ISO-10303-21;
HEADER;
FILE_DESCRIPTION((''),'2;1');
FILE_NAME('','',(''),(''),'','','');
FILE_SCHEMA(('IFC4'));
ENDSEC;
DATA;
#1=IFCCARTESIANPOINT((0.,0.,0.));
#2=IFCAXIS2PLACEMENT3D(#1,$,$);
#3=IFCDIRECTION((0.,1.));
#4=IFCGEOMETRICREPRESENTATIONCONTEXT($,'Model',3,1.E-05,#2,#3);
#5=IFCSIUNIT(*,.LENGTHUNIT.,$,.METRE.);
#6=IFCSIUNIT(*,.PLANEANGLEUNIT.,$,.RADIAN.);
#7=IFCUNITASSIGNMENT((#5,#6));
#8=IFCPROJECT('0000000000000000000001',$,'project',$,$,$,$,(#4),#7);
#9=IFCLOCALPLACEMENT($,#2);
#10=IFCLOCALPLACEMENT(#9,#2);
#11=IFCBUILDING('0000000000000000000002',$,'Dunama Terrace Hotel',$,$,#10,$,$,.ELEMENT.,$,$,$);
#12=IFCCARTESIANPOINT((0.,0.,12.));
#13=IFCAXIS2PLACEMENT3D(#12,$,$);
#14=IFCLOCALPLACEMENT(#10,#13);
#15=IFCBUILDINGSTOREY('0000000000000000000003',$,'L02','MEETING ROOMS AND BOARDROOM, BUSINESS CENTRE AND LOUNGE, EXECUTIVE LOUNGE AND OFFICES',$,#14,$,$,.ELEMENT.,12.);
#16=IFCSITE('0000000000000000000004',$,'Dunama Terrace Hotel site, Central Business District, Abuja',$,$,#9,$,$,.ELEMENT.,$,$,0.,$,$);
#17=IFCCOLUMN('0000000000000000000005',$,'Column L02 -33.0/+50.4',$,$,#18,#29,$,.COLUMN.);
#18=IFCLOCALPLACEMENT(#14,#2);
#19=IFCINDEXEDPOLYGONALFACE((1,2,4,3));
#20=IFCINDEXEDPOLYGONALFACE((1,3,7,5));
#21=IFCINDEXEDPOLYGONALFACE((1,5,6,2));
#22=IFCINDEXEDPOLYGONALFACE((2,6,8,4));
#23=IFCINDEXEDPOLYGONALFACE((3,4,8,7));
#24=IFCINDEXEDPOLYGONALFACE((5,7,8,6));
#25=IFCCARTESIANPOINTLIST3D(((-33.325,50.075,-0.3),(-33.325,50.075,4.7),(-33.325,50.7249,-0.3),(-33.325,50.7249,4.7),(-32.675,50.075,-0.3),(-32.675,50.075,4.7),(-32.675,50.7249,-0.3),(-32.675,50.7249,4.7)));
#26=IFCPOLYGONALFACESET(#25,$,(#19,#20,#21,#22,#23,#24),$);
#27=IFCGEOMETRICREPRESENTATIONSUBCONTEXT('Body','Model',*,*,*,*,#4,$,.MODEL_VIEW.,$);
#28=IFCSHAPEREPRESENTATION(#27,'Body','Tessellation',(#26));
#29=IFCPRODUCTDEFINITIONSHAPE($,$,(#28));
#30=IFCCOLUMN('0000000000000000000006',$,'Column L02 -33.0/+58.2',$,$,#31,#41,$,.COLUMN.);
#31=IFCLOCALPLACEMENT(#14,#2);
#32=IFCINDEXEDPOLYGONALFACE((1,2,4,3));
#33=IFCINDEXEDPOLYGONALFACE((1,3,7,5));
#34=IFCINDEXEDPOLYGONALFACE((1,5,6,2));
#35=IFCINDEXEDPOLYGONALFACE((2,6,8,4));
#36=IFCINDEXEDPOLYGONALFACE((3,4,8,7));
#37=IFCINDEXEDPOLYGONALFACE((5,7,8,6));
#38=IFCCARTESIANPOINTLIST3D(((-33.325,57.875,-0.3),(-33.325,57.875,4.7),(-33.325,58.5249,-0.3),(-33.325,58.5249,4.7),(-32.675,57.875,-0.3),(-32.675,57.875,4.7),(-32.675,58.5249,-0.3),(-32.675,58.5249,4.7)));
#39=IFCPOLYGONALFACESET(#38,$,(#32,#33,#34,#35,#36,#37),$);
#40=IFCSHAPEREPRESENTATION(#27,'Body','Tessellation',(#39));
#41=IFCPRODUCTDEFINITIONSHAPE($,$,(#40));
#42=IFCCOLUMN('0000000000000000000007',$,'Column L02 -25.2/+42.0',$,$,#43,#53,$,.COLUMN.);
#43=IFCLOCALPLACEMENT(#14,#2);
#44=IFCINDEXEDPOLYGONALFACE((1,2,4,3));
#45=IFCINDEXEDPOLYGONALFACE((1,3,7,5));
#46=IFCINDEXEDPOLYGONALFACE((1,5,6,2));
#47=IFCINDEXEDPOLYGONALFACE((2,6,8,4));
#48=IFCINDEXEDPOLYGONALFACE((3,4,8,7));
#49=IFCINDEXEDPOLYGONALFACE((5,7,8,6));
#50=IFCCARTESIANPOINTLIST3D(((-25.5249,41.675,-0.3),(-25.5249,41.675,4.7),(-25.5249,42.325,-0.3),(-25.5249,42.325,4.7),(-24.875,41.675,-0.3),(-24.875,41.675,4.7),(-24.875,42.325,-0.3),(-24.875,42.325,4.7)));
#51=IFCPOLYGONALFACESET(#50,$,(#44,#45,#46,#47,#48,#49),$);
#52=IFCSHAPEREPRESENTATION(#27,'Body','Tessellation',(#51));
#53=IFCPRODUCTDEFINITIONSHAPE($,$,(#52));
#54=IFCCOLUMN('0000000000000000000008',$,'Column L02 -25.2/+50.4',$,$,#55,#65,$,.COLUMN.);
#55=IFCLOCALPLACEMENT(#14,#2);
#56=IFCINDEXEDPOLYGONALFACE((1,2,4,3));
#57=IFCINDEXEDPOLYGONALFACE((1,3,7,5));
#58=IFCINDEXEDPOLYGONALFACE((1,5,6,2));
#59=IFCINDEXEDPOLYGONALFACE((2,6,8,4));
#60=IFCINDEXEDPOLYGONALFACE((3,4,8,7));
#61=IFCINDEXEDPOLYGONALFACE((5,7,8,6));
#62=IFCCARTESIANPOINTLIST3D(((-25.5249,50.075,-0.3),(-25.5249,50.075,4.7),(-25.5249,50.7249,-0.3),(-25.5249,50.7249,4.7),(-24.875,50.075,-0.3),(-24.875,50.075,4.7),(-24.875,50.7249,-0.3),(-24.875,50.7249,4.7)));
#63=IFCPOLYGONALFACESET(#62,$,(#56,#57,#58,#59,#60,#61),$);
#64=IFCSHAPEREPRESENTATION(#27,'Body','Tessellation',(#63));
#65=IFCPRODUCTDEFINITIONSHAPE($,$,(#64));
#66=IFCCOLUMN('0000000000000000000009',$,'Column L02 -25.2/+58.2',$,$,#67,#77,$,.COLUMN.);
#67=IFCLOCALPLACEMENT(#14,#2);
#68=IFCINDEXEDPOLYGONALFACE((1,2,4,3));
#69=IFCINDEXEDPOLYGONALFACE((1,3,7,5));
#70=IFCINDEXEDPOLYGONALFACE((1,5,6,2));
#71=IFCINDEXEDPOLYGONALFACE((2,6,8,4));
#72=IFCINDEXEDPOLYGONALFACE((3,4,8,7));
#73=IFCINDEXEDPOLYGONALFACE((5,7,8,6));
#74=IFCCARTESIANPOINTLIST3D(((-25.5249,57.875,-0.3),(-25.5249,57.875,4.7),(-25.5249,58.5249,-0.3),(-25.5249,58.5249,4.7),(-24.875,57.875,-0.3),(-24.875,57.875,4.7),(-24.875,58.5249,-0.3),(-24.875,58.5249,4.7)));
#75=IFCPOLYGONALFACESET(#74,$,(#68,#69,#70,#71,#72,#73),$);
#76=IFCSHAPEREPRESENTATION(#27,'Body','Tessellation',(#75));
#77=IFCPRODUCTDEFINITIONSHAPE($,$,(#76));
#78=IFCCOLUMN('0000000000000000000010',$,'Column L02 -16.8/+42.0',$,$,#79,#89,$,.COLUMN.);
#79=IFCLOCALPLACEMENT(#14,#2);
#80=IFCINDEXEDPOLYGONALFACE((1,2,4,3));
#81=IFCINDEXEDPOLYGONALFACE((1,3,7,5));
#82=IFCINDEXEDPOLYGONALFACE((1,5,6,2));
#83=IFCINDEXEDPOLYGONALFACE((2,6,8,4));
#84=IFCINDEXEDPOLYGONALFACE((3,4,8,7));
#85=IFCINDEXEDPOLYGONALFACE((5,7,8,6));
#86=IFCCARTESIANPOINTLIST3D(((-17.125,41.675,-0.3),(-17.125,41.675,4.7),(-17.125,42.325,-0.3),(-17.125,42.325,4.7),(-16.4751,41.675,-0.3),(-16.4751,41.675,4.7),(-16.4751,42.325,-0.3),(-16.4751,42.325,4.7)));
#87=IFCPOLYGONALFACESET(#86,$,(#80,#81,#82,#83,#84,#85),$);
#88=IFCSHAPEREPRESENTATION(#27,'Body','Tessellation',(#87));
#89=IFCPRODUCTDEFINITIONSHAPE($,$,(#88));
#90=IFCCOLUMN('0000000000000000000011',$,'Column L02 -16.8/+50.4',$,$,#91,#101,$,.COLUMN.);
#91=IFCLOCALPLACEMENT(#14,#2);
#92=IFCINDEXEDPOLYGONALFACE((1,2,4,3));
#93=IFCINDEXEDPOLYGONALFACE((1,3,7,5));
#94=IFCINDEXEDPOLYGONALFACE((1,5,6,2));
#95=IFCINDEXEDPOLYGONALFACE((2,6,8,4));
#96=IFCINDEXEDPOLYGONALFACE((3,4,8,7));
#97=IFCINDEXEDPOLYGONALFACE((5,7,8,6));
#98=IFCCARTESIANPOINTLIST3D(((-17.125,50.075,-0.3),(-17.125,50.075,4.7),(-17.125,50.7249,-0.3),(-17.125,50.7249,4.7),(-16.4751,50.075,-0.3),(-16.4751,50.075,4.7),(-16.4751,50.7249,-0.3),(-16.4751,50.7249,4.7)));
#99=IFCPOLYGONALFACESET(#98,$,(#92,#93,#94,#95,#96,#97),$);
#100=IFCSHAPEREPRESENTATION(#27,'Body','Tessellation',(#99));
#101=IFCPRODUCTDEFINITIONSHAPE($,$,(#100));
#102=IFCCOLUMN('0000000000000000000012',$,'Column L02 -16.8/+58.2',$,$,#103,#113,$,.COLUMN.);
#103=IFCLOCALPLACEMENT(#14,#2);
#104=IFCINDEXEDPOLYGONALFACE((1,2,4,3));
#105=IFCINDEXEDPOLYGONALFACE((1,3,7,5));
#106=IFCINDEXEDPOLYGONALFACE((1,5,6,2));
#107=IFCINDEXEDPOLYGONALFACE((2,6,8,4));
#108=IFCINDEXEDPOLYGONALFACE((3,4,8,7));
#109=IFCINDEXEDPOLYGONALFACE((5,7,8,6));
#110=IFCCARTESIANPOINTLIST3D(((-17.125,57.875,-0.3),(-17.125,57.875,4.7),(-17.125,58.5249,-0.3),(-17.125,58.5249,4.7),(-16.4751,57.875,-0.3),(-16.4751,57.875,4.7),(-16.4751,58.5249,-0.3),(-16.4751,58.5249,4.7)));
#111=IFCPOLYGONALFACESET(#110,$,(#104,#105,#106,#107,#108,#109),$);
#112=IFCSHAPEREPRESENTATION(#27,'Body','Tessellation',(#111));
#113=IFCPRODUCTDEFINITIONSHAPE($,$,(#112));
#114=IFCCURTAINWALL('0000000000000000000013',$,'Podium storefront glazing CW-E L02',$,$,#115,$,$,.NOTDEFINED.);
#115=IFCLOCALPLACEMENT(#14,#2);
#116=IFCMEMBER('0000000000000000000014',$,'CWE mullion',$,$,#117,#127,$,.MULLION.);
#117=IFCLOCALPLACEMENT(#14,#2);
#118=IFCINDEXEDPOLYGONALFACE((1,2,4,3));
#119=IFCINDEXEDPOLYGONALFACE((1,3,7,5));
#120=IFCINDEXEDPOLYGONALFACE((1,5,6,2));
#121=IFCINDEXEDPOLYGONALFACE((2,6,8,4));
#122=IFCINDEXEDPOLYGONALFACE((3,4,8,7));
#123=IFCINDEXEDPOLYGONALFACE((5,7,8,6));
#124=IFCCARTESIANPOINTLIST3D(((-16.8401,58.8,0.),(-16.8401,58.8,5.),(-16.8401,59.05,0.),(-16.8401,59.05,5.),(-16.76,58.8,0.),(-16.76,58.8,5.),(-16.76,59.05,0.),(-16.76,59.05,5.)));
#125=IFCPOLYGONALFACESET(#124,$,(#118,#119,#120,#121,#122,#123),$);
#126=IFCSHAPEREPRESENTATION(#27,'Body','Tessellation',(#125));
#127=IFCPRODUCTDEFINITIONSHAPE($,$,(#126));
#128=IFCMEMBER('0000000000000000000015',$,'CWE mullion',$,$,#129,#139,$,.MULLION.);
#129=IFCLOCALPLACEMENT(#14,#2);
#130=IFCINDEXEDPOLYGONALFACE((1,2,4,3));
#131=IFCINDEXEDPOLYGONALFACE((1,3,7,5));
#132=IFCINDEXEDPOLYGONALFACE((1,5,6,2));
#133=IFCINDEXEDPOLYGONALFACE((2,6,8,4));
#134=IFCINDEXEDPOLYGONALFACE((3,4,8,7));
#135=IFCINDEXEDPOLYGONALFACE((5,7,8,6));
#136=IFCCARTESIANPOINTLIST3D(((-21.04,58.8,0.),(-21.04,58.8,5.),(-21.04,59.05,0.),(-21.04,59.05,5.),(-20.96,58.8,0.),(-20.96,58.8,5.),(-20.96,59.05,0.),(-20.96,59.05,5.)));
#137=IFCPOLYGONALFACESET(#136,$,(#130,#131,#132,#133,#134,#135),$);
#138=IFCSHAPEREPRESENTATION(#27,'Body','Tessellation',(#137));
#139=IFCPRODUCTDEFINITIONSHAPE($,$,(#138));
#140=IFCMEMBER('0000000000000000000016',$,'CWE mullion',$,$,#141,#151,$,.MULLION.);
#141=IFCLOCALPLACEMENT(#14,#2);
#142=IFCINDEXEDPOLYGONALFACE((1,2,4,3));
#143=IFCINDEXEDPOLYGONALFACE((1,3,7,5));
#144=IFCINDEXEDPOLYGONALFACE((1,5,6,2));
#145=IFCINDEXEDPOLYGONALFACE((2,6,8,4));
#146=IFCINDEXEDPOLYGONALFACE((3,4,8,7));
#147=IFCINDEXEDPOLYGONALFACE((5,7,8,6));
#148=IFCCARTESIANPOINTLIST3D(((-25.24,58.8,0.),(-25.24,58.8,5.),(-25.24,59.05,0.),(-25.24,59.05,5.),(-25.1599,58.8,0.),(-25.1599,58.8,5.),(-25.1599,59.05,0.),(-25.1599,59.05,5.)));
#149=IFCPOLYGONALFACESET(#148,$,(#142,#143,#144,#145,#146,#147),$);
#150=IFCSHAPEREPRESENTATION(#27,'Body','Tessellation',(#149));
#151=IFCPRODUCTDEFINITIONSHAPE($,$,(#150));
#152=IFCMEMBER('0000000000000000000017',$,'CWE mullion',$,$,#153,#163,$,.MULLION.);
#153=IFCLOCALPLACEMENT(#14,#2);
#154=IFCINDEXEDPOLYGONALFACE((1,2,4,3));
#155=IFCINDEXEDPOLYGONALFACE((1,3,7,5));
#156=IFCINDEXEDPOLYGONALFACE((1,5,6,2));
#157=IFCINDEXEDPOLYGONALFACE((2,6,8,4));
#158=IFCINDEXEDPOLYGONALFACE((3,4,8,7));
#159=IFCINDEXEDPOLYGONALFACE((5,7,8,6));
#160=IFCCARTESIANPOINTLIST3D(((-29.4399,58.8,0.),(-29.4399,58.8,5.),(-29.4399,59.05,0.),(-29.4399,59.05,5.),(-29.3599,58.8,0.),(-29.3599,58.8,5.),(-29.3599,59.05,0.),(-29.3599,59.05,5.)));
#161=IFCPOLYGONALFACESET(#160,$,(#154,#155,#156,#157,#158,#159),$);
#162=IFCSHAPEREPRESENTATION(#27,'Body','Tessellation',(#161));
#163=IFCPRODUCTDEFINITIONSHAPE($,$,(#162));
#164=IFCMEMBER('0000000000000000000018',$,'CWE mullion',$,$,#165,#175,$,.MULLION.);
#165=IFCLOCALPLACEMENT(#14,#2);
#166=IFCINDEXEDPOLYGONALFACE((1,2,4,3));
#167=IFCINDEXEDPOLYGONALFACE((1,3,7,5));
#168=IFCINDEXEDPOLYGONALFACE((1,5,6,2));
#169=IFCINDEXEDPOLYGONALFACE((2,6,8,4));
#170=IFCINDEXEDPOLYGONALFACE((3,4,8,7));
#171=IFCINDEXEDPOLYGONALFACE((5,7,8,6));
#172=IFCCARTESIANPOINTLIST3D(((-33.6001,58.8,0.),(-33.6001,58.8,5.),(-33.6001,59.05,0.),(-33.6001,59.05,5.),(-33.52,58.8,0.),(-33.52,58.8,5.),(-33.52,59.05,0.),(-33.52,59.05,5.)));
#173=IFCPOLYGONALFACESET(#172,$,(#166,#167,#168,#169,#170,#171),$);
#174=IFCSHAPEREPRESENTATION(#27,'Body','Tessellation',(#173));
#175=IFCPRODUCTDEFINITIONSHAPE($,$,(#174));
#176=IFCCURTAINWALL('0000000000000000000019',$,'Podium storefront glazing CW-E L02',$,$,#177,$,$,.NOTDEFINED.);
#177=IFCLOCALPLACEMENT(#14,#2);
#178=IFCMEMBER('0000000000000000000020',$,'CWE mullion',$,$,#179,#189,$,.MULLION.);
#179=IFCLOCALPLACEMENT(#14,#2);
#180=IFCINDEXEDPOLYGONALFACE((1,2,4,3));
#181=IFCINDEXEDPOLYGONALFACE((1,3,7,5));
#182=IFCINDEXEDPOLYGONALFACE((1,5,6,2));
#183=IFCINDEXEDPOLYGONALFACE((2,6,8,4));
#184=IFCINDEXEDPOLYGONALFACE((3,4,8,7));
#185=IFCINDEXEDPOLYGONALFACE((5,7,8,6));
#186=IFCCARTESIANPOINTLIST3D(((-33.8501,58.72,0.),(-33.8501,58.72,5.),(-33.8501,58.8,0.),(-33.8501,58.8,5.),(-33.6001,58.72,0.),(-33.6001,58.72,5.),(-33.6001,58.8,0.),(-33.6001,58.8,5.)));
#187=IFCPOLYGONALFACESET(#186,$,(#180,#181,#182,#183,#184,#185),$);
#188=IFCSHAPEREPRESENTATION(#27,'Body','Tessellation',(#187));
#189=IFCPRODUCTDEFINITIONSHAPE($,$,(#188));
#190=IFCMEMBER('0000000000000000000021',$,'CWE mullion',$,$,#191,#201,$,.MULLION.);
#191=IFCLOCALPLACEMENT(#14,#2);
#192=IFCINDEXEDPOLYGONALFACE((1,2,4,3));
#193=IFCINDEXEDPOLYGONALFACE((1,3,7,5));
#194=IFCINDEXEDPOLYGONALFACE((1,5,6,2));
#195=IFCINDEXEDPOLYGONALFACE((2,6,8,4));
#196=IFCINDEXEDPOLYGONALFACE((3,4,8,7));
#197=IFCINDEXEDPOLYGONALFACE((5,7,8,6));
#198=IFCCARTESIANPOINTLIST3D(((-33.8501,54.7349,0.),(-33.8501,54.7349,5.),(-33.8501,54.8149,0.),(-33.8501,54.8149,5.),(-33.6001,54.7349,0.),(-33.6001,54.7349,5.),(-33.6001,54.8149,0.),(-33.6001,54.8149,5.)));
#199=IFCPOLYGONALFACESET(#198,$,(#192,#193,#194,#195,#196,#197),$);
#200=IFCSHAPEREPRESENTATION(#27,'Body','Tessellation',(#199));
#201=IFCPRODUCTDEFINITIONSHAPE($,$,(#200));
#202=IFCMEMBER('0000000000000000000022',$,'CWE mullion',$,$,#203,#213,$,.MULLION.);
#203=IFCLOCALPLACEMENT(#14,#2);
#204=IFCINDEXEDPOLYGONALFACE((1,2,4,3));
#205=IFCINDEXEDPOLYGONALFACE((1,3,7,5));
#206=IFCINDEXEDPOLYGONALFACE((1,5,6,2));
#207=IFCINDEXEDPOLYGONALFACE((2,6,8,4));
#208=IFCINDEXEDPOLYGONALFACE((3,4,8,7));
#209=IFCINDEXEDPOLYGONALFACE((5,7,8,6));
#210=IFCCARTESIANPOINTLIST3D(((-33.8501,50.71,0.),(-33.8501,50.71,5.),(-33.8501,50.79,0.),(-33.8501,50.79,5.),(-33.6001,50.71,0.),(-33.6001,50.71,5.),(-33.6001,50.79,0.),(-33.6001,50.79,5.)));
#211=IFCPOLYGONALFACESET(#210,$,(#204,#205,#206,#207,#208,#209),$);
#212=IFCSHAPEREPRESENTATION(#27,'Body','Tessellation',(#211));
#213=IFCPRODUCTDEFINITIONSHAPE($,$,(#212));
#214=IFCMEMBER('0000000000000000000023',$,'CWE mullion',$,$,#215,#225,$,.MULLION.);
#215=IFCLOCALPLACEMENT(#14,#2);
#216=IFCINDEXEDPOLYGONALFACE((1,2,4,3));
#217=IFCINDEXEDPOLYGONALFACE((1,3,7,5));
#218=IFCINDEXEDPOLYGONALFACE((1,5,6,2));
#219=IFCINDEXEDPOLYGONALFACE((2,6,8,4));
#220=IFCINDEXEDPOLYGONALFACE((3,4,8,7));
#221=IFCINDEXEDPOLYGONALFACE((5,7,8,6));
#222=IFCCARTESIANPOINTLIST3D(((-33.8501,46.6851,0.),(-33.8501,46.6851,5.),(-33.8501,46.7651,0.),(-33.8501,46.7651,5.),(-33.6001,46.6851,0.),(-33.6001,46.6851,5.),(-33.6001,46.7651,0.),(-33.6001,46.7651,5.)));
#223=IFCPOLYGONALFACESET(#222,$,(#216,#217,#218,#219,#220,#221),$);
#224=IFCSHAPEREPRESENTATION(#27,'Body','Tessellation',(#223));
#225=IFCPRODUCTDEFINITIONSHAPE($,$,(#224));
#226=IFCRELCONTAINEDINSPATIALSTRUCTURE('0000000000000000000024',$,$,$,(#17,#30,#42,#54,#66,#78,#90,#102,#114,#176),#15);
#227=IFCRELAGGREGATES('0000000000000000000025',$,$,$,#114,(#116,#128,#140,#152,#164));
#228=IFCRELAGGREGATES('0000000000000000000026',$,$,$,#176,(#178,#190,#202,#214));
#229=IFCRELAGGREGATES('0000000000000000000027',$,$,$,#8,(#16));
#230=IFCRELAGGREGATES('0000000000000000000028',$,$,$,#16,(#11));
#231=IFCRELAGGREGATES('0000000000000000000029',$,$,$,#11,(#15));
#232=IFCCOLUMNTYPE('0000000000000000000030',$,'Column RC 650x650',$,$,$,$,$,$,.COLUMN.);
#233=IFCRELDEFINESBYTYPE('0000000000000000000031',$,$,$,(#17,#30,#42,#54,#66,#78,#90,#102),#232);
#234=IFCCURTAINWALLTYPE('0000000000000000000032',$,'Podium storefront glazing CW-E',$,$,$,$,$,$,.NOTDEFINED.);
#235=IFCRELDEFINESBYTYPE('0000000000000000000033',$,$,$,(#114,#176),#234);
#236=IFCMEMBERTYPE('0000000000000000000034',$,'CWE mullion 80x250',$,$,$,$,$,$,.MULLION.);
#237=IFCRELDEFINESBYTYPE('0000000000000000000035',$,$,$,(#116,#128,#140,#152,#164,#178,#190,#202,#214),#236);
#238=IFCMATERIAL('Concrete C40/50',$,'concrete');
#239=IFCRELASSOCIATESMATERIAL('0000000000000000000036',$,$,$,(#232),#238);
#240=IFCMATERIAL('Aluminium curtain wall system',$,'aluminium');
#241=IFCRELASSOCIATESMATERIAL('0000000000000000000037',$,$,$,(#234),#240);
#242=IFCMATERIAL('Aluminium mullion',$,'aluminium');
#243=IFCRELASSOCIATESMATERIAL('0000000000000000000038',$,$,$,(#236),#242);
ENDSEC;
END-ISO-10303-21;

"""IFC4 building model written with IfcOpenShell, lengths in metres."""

from ifc_helpers import new_model, si_unit, direction, frame, origin, origin_2d, place, context, subcontext, project, spatial, rectangle, extrude, material, material_profile, profile_set, type_object, element, aggregate, save


model = new_model("IFC4")

# Units and contexts
model_context = context("Model", 3, precision=1e-05, world=origin(), true_north=direction((0.0, 1.0)))
body_context = subcontext(model_context, "Body", "Model", "MODEL_VIEW")
ifc_project = project(units=[si_unit("LENGTHUNIT", "METRE"), si_unit("PLANEANGLEUNIT", "RADIAN")], contexts=[model_context])

# Site, building, storey
site_placement = place(None, origin())
site = spatial("IfcSite", under=ifc_project, at=site_placement, Name="Dunama Terrace Hotel site, Central Business District, Abuja", CompositionType="ELEMENT", RefElevation=0.0)
building_placement = place(site_placement, origin())
building = spatial("IfcBuilding", under=site, at=building_placement, Name="Dunama Terrace Hotel", CompositionType="ELEMENT")
storey_placement = place(building_placement, frame((0.0, 0.0, 12.0)))
storey = spatial("IfcBuildingStorey", under=building, at=storey_placement, Name="L02", Description="MEETING ROOMS AND BOARDROOM, BUSINESS CENTRE AND LOUNGE, EXECUTIVE LOUNGE AND OFFICES", CompositionType="ELEMENT", Elevation=12.0)

# Columns
ifc_material_1 = material(Name="Concrete C40/50", Category="concrete")
ifc_material_profile_1 = material_profile(ifc_material_1, rectangle(XDim=0.6499, YDim=0.6499, at=origin_2d()), Name="RC 650x650")
ifc_profile_set_1 = profile_set([ifc_material_profile_1], Name="Concrete C40/50")
column_type = type_object("IfcColumnType", Name="Column RC 650x650", PredefinedType="COLUMN", material=ifc_profile_set_1)
for number, where, z_axis, x_axis, name in (
    (1, (-33.0, 50.3999, -0.3), (0.0, 0.0, 1.0), (1.0, 0.0, 0.0), "Column L02 -33.0/+50.4"),
    (2, (-33.0, 58.2, -0.3), (0.0, 0.0, 1.0), (1.0, 0.0, 0.0), "Column L02 -33.0/+58.2"),
    (3, (-25.2, 42.0, -0.3), (0.0, 0.0, 1.0), (1.0, 0.0, 0.0), "Column L02 -25.2/+42.0"),
    (4, (-25.2, 50.3999, -0.3), (0.0, 0.0, 1.0), (1.0, 0.0, 0.0), "Column L02 -25.2/+50.4"),
    (5, (-25.2, 58.2, -0.3), (0.0, 0.0, 1.0), (1.0, 0.0, 0.0), "Column L02 -25.2/+58.2"),
    (6, (-16.8, 42.0, -0.3), (0.0, 0.0, 1.0), (1.0, 0.0, 0.0), "Column L02 -16.8/+42.0"),
    (7, (-16.8, 50.3999, -0.3), (0.0, 0.0, 1.0), (1.0, 0.0, 0.0), "Column L02 -16.8/+50.4"),
    (8, (-16.8, 58.2, -0.3), (0.0, 0.0, 1.0), (1.0, 0.0, 0.0), "Column L02 -16.8/+58.2"),
):
    element("IfcColumn", number, at=place(storey_placement, frame(where, z_axis=z_axis, x_axis=x_axis)), inside=storey, type_object=column_type, Name=name, PredefinedType="COLUMN", context=body_context, shape_type="SweptSolid", body=[
        extrude(rectangle(XDim=0.6499, YDim=0.6499, at=origin_2d()), origin(), (0.0, 0.0, 1.0), 5.0),
    ])

# Curtain walls, members
ifc_material_2 = material(Name="Aluminium curtain wall system", Category="aluminium")
curtain_wall_type = type_object("IfcCurtainWallType", Name="Podium storefront glazing CW-E", PredefinedType="NOTDEFINED", material=ifc_material_2)
curtain_wall_1_placement = place(storey_placement, origin())
curtain_wall_1 = element("IfcCurtainWall", 9, at=curtain_wall_1_placement, inside=storey, type_object=curtain_wall_type, Name="Podium storefront glazing CW-E L02", PredefinedType="NOTDEFINED")
ifc_material_3 = material(Name="Aluminium mullion", Category="aluminium")
ifc_material_profile_2 = material_profile(ifc_material_3, rectangle(XDim=0.0801, YDim=0.25, at=origin_2d()), Name="CWE MULLION 80X250")
ifc_profile_set_2 = profile_set([ifc_material_profile_2], Name="Aluminium mullion")
member_type_1 = type_object("IfcMemberType", Name="CWE mullion 80x250", PredefinedType="MULLION", material=ifc_profile_set_2)
member_1_placement = place(storey_placement, frame((-16.8, 58.925, 0.0), z_axis=(0.0, 0.0, 1.0), x_axis=(-1.0, 0.0, 0.0)))
member_1 = element("IfcMember", 10, at=member_1_placement, type_object=member_type_1, Name="CWE mullion", PredefinedType="MULLION", context=body_context, shape_type="SweptSolid", body=[
    extrude(rectangle(XDim=0.0801, YDim=0.25, at=origin_2d()), origin(), (0.0, 0.0, 1.0), 5.0),
])
member_2_placement = place(storey_placement, frame((-21.0, 58.925, 0.0), z_axis=(0.0, 0.0, 1.0), x_axis=(-1.0, 0.0, 0.0)))
member_2 = element("IfcMember", 11, at=member_2_placement, type_object=member_type_1, Name="CWE mullion", PredefinedType="MULLION", context=body_context, shape_type="SweptSolid", body=[
    extrude(rectangle(XDim=0.0801, YDim=0.25, at=origin_2d()), origin(), (0.0, 0.0, 1.0), 5.0),
])
member_3_placement = place(storey_placement, frame((-25.2, 58.925, 0.0), z_axis=(0.0, 0.0, 1.0), x_axis=(-1.0, 0.0, 0.0)))
member_3 = element("IfcMember", 12, at=member_3_placement, type_object=member_type_1, Name="CWE mullion", PredefinedType="MULLION", context=body_context, shape_type="SweptSolid", body=[
    extrude(rectangle(XDim=0.0801, YDim=0.25, at=origin_2d()), origin(), (0.0, 0.0, 1.0), 5.0),
])
member_4_placement = place(storey_placement, frame((-29.3999, 58.925, 0.0), z_axis=(0.0, 0.0, 1.0), x_axis=(-1.0, 0.0, 0.0)))
member_4 = element("IfcMember", 13, at=member_4_placement, type_object=member_type_1, Name="CWE mullion", PredefinedType="MULLION", context=body_context, shape_type="SweptSolid", body=[
    extrude(rectangle(XDim=0.0801, YDim=0.25, at=origin_2d()), origin(), (0.0, 0.0, 1.0), 5.0),
])
member_5_placement = place(storey_placement, frame((-33.5601, 58.925, 0.0), z_axis=(0.0, 0.0, 1.0), x_axis=(-1.0, 0.0, 0.0)))
member_5 = element("IfcMember", 14, at=member_5_placement, type_object=member_type_1, Name="CWE mullion", PredefinedType="MULLION", context=body_context, shape_type="SweptSolid", body=[
    extrude(rectangle(XDim=0.0801, YDim=0.25, at=origin_2d()), origin(), (0.0, 0.0, 1.0), 5.0),
])
curtain_wall_2_placement = place(storey_placement, origin())
curtain_wall_2 = element("IfcCurtainWall", 15, at=curtain_wall_2_placement, inside=storey, type_object=curtain_wall_type, Name="Podium storefront glazing CW-E L02", PredefinedType="NOTDEFINED")
member_6_placement = place(storey_placement, frame((-33.7251, 58.76, 0.0), z_axis=(0.0, 0.0, 1.0), x_axis=(0.0, -1.0, 0.0)))
member_6 = element("IfcMember", 16, at=member_6_placement, type_object=member_type_1, Name="CWE mullion", PredefinedType="MULLION", context=body_context, shape_type="SweptSolid", body=[
    extrude(rectangle(XDim=0.0801, YDim=0.25, at=origin_2d()), origin(), (0.0, 0.0, 1.0), 5.0),
])
member_7_placement = place(storey_placement, frame((-33.7251, 54.7749, 0.0), z_axis=(0.0, 0.0, 1.0), x_axis=(0.0, -1.0, 0.0)))
member_7 = element("IfcMember", 17, at=member_7_placement, type_object=member_type_1, Name="CWE mullion", PredefinedType="MULLION", context=body_context, shape_type="SweptSolid", body=[
    extrude(rectangle(XDim=0.0801, YDim=0.25, at=origin_2d()), origin(), (0.0, 0.0, 1.0), 5.0),
])
member_8_placement = place(storey_placement, frame((-33.7251, 50.75, 0.0), z_axis=(0.0, 0.0, 1.0), x_axis=(0.0, -1.0, 0.0)))
member_8 = element("IfcMember", 18, at=member_8_placement, type_object=member_type_1, Name="CWE mullion", PredefinedType="MULLION", context=body_context, shape_type="SweptSolid", body=[
    extrude(rectangle(XDim=0.0801, YDim=0.25, at=origin_2d()), origin(), (0.0, 0.0, 1.0), 5.0),
])
member_9_placement = place(storey_placement, frame((-33.7251, 46.7251, 0.0), z_axis=(0.0, 0.0, 1.0), x_axis=(0.0, -1.0, 0.0)))
member_9 = element("IfcMember", 19, at=member_9_placement, type_object=member_type_1, Name="CWE mullion", PredefinedType="MULLION", context=body_context, shape_type="SweptSolid", body=[
    extrude(rectangle(XDim=0.0801, YDim=0.25, at=origin_2d()), origin(), (0.0, 0.0, 1.0), 5.0),
])

aggregate(curtain_wall_1, [member_1, member_2, member_3, member_4, member_5])
aggregate(curtain_wall_2, [member_6, member_7, member_8, member_9])

save(model, "model.ifc")
